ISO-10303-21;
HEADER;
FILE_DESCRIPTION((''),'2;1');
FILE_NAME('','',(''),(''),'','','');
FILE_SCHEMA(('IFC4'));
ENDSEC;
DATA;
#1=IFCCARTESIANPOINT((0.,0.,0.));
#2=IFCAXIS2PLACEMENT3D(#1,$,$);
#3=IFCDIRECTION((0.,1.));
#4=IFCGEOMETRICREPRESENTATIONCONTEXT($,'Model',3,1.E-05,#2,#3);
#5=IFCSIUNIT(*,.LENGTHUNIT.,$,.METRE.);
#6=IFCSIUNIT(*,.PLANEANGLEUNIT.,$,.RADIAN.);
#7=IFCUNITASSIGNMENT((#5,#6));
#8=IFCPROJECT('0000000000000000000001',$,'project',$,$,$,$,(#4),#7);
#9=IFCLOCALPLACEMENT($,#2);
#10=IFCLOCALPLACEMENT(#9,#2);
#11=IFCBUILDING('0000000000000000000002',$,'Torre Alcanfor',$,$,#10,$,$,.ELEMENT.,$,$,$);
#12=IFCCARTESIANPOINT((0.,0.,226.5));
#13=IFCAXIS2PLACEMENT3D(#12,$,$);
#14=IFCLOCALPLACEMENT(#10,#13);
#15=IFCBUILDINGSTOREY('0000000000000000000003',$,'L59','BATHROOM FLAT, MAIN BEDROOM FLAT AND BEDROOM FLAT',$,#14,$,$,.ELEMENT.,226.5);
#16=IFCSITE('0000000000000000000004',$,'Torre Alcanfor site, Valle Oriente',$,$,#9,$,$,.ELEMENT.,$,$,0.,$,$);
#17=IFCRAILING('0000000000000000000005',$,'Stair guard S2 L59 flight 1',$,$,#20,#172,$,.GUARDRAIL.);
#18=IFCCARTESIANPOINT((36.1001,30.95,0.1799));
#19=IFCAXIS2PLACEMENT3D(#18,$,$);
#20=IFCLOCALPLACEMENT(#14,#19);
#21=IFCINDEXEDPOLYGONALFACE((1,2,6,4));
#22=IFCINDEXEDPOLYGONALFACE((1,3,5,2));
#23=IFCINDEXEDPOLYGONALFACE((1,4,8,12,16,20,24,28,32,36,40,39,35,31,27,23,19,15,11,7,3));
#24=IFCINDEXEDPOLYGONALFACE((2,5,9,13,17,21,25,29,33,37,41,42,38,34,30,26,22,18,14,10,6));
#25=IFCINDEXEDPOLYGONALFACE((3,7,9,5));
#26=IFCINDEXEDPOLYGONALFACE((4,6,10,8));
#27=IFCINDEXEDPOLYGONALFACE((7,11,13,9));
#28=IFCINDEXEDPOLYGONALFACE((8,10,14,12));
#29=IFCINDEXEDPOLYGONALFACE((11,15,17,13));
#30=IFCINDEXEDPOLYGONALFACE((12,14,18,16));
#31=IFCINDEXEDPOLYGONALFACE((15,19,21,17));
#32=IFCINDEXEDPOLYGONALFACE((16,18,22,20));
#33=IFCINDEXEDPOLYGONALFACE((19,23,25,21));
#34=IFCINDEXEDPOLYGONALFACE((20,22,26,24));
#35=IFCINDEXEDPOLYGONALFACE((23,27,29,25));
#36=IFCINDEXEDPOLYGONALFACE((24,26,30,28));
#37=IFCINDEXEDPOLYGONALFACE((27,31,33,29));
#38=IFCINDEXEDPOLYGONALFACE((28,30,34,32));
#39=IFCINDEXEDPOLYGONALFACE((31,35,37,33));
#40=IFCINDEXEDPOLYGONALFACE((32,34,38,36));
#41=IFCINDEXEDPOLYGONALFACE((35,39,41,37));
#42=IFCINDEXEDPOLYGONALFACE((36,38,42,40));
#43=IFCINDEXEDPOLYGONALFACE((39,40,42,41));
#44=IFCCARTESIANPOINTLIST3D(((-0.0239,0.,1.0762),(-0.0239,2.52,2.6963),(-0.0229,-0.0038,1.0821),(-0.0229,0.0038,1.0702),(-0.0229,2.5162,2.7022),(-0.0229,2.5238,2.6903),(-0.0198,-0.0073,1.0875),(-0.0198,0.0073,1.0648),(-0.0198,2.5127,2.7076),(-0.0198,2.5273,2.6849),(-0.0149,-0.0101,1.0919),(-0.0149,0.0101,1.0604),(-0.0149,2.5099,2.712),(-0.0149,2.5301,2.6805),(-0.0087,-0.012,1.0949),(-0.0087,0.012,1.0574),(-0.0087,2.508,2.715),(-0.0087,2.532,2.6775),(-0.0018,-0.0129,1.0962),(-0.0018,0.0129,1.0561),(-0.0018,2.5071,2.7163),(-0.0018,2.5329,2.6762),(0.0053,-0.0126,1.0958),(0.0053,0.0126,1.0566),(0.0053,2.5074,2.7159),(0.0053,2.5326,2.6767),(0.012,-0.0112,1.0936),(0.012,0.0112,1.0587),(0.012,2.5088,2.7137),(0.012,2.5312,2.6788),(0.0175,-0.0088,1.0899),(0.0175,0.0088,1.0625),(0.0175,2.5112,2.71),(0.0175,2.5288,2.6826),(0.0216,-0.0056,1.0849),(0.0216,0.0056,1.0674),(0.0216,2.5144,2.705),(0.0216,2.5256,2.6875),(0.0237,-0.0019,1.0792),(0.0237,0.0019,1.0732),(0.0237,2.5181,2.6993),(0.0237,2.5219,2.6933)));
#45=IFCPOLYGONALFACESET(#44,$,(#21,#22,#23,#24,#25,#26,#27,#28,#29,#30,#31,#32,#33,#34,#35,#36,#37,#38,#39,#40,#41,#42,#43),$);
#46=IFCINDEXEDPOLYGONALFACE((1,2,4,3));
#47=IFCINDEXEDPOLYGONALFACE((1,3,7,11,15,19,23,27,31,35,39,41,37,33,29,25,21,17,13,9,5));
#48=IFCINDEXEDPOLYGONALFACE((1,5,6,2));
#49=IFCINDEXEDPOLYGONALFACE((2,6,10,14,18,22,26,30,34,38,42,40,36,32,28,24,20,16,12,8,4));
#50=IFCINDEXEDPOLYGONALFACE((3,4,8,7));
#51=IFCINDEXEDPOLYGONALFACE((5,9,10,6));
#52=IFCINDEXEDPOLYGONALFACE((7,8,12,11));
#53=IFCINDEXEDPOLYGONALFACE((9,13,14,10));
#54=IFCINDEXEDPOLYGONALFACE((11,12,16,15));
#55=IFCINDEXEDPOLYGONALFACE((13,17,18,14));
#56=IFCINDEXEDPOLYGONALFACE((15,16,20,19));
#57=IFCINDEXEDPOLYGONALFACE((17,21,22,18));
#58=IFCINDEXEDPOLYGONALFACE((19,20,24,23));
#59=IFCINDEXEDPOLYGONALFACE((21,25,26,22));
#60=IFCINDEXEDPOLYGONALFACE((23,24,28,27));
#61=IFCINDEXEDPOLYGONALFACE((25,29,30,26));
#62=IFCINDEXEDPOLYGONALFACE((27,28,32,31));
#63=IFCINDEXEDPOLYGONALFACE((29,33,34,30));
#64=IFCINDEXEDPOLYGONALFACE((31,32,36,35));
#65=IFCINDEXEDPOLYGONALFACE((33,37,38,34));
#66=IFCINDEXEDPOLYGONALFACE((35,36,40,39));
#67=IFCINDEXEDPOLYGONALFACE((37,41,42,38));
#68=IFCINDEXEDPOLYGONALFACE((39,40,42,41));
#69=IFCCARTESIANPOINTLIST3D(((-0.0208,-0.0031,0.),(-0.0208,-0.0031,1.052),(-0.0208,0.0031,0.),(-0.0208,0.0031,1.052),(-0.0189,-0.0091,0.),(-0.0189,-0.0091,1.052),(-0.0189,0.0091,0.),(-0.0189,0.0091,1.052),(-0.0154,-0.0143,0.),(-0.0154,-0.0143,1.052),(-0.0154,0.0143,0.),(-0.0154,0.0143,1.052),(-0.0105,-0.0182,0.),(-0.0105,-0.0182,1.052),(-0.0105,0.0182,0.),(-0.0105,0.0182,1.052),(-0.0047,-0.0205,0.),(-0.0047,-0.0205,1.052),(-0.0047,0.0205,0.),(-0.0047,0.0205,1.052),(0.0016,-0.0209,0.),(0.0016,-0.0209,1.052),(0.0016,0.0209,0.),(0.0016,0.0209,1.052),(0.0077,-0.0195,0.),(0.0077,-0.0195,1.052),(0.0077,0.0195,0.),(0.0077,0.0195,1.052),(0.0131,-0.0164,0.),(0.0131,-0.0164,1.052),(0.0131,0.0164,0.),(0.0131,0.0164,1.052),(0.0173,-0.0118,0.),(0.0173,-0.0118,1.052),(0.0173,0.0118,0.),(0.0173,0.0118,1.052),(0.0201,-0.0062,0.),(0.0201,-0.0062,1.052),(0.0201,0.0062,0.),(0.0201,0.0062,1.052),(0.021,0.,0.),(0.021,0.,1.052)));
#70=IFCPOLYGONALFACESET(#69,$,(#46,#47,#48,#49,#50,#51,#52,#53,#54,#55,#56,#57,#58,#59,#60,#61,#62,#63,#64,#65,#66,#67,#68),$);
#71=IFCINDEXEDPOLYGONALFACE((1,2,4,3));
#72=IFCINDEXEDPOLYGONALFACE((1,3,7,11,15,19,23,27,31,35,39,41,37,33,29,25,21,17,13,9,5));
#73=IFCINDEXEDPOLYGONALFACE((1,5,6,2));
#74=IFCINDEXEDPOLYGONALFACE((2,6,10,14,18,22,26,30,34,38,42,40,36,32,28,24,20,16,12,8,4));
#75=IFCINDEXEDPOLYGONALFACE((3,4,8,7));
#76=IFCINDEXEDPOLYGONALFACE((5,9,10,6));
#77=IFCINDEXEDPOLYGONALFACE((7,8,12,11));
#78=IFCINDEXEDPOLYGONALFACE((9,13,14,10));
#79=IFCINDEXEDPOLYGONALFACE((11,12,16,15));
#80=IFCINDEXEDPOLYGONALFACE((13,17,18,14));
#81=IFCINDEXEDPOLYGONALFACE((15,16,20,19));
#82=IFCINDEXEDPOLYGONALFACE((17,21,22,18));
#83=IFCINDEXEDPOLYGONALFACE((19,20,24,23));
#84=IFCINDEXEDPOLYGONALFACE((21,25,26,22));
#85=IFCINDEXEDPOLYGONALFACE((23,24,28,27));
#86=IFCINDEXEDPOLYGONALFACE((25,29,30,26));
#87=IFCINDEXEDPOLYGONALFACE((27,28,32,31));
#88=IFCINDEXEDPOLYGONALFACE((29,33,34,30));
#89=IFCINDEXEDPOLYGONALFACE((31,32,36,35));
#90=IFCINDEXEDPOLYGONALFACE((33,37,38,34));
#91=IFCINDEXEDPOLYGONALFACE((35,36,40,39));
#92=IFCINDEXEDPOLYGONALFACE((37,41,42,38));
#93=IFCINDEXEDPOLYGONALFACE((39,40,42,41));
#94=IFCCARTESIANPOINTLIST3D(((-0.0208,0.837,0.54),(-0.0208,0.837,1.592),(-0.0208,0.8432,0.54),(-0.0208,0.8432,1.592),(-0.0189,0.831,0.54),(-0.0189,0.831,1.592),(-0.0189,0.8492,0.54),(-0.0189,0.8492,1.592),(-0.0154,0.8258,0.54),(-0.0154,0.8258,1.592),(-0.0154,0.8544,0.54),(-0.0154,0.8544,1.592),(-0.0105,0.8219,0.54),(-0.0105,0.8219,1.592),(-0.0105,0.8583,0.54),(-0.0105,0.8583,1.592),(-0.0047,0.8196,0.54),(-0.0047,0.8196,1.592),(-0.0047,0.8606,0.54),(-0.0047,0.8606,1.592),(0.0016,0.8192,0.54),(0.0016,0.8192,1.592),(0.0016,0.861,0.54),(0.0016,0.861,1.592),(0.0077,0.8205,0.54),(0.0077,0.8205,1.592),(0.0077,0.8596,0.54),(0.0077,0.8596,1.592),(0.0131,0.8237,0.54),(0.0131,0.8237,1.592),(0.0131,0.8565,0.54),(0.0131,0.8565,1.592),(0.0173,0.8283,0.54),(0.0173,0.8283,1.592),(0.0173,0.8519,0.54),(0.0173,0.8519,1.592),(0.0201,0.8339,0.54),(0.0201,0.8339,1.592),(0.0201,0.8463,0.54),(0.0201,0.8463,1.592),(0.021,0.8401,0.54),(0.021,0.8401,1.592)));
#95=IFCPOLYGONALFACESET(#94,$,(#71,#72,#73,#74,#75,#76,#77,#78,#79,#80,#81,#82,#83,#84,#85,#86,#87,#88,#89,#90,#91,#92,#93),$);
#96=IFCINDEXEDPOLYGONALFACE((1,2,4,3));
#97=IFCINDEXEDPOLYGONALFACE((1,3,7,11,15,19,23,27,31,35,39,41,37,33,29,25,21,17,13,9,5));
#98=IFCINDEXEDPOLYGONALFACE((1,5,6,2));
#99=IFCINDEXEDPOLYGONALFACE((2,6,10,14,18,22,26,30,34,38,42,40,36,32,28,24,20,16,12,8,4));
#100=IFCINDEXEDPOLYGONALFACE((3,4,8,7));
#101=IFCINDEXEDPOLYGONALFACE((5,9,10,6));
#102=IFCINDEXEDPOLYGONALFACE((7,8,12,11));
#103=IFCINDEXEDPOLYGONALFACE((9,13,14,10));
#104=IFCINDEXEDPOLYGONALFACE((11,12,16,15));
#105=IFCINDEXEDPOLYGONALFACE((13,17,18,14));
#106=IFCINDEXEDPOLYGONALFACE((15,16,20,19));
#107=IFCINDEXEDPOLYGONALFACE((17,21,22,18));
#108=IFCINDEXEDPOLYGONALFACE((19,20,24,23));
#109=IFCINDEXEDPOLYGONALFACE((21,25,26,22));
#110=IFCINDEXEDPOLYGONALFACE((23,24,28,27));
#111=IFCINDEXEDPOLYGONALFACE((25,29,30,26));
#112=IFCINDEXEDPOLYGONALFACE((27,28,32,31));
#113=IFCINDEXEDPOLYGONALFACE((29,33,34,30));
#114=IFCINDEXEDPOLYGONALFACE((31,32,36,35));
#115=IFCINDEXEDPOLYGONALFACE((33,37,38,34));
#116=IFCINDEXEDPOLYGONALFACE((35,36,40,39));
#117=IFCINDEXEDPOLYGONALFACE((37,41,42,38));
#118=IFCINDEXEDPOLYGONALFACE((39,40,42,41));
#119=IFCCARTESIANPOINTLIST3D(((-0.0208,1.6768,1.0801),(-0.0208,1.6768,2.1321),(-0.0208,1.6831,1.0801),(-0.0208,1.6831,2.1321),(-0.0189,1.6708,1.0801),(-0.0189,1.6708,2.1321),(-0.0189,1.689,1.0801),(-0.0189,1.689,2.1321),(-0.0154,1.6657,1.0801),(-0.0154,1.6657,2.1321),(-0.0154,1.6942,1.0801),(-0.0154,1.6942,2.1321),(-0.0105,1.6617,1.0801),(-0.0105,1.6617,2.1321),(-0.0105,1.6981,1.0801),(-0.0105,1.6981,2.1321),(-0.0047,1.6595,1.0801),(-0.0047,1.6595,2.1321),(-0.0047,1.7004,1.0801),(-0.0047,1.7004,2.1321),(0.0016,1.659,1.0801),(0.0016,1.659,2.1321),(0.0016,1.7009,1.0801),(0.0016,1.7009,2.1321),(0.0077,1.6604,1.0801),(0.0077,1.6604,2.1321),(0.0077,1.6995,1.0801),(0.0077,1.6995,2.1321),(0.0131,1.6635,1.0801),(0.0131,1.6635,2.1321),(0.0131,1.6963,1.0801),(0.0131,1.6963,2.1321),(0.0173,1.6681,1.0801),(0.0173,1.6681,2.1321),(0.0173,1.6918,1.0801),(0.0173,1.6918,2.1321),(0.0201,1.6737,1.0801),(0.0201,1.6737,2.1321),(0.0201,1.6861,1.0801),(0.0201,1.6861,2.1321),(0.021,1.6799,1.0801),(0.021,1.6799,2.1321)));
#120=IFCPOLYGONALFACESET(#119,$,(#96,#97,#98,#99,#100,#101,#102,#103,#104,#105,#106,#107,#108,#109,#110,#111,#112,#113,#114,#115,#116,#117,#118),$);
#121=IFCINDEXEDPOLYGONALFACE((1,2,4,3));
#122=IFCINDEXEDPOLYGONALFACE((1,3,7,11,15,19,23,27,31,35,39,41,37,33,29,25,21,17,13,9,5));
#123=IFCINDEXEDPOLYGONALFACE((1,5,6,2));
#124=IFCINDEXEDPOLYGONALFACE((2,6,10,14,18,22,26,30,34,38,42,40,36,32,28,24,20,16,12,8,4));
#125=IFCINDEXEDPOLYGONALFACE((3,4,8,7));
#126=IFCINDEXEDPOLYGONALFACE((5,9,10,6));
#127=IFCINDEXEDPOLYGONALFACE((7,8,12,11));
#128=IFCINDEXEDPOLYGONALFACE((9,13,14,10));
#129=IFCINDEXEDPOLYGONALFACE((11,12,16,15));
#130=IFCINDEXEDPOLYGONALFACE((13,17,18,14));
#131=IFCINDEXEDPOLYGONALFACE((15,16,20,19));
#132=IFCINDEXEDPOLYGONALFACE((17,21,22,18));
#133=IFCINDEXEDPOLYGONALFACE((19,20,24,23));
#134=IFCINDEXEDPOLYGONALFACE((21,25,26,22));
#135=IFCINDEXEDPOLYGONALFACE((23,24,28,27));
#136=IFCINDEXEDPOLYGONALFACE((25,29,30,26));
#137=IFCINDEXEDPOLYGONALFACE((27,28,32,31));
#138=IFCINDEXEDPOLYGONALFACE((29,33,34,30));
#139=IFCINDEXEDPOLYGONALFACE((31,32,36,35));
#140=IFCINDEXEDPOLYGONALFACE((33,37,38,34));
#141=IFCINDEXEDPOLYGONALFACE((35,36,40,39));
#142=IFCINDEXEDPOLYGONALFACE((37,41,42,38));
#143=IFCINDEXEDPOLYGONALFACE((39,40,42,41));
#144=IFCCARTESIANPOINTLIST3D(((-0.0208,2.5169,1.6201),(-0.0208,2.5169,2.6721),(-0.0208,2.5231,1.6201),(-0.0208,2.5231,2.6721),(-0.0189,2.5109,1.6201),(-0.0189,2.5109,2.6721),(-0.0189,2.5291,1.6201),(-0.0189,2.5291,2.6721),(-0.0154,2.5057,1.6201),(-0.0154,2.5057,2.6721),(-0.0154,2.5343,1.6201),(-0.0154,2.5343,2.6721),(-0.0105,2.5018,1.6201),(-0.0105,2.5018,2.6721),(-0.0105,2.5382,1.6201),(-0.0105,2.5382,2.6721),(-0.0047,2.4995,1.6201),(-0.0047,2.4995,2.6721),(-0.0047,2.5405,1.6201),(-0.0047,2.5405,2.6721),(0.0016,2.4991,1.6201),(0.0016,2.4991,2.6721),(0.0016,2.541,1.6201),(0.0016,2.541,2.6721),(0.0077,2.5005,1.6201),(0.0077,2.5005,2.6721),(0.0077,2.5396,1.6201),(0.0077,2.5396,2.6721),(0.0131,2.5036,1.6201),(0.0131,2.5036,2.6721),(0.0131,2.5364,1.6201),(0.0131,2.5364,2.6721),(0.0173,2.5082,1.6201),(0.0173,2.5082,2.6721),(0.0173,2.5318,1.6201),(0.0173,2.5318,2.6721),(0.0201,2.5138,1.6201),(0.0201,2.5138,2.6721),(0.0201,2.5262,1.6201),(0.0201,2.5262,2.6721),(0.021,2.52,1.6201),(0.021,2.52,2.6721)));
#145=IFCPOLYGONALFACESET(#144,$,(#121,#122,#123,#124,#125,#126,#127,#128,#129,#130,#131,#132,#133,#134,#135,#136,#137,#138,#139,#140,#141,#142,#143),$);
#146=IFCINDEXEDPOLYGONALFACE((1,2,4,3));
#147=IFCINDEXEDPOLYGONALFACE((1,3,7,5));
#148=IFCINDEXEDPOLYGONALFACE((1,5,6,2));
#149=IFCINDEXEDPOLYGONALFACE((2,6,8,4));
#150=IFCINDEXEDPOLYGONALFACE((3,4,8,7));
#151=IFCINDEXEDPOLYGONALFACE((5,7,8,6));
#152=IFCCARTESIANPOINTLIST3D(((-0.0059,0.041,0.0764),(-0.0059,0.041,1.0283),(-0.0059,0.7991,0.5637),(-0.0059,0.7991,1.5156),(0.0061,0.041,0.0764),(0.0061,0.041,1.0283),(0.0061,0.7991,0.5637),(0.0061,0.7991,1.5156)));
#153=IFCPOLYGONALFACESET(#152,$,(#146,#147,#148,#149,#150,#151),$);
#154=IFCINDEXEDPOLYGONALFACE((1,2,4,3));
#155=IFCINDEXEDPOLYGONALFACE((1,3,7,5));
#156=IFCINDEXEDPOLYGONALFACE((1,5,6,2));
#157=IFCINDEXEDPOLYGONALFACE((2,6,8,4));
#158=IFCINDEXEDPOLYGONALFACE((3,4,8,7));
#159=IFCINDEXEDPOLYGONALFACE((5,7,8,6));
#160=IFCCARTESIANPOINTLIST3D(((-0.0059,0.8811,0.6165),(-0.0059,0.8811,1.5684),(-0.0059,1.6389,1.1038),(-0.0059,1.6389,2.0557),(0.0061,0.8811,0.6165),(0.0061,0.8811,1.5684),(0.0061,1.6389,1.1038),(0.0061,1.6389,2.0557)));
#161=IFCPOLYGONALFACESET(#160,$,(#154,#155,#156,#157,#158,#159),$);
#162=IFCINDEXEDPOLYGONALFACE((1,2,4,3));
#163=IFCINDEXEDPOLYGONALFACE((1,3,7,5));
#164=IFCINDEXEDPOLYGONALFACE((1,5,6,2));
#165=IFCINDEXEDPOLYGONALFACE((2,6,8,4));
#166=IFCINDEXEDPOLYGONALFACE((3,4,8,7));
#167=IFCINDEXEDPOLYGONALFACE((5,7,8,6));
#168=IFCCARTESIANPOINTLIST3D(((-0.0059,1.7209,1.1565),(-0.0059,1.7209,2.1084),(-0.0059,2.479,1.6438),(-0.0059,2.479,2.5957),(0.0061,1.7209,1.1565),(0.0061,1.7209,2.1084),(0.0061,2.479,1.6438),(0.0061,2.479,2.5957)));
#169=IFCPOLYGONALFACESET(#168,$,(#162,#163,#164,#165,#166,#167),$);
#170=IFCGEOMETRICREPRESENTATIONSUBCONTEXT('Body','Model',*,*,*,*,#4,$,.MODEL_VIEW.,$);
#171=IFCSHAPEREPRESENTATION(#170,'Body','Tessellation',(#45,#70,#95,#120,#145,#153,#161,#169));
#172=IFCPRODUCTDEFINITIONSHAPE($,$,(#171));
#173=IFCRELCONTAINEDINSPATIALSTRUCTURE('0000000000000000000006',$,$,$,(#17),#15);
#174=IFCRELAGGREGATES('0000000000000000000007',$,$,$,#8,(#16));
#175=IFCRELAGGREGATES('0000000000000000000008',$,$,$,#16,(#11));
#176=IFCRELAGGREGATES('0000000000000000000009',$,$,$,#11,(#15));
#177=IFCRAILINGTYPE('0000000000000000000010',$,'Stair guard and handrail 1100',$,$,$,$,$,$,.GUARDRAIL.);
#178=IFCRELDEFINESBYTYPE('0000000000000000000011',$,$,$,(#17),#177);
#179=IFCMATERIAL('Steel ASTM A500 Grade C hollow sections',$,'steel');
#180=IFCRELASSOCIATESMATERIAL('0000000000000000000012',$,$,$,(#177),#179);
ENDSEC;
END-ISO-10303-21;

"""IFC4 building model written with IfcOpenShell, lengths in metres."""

from ifc_helpers import new_model, si_unit, direction, frame, origin, origin_2d, place, context, subcontext, project, spatial, polyline, circle, outline, extrude, material, type_object, element, save


model = new_model("IFC4")

# Units and contexts
model_context = context("Model", 3, precision=1e-05, world=origin(), true_north=direction((0.0, 1.0)))
body_context = subcontext(model_context, "Body", "Model", "MODEL_VIEW")
ifc_project = project(units=[si_unit("LENGTHUNIT", "METRE"), si_unit("PLANEANGLEUNIT", "RADIAN")], contexts=[model_context])

# Site, building, storey
site_placement = place(None, origin())
site = spatial("IfcSite", under=ifc_project, at=site_placement, Name="Torre Alcanfor site, Valle Oriente", CompositionType="ELEMENT", RefElevation=0.0)
building_placement = place(site_placement, origin())
building = spatial("IfcBuilding", under=site, at=building_placement, Name="Torre Alcanfor", CompositionType="ELEMENT")
storey_placement = place(building_placement, frame((0.0, 0.0, 226.5)))
storey = spatial("IfcBuildingStorey", under=building, at=storey_placement, Name="L59", Description="BATHROOM FLAT, MAIN BEDROOM FLAT AND BEDROOM FLAT", CompositionType="ELEMENT", Elevation=226.5)

# Railing
ifc_material_1 = material(Name="Steel ASTM A500 Grade C hollow sections", Category="steel")
railing_type_1 = type_object("IfcRailingType", Name="Stair guard and handrail 1100", PredefinedType="GUARDRAIL", material=ifc_material_1)
railing_1_placement = place(storey_placement, frame((36.1001, 30.95, 0.1799)))
element("IfcRailing", 1, at=railing_1_placement, inside=storey, type_object=railing_type_1, Name="Stair guard S2 L59 flight 1", PredefinedType="GUARDRAIL", context=body_context, shape_type="SweptSolid", body=[
    extrude(circle(Radius=0.0239, at=origin_2d()), frame((0.0, 0.0, 1.0762), z_axis=(0.0, 0.841163, 0.540782), x_axis=(-1.0, 0.0, 0.0)), (0.0, 0.0, 1.0), 2.9958),
    extrude(circle(Radius=0.021, at=origin_2d()), origin(), (0.0, 0.0, 1.0), 1.052),
    extrude(circle(Radius=0.021, at=origin_2d()), frame((0.0, 0.8401, 0.54)), (0.0, 0.0, 1.0), 1.052),
    extrude(circle(Radius=0.021, at=origin_2d()), frame((0.0, 1.6799, 1.0801)), (0.0, 0.0, 1.0), 1.052),
    extrude(circle(Radius=0.021, at=origin_2d()), frame((0.0, 2.52, 1.6201)), (0.0, 0.0, 1.0), 1.052),
    extrude(outline(polyline([(0.041, 0.0764), (0.7991, 0.5637), (0.7991, 1.5156), (0.041, 1.0283), (0.041, 0.0764)])), frame((-0.0059, 0.0, 0.0), z_axis=(1.0, 0.0, 0.0), x_axis=(0.0, 1.0, 0.0)), (0.0, 0.0, 1.0), 0.012),
    extrude(outline(polyline([(0.8811, 0.6165), (1.6389, 1.1038), (1.6389, 2.0557), (0.8811, 1.5684), (0.8811, 0.6165)])), frame((-0.0059, 0.0, 0.0), z_axis=(1.0, 0.0, 0.0), x_axis=(0.0, 1.0, 0.0)), (0.0, 0.0, 1.0), 0.012),
    extrude(outline(polyline([(1.7209, 1.1565), (2.479, 1.6438), (2.479, 2.5957), (1.7209, 2.1084), (1.7209, 1.1565)])), frame((-0.0059, 0.0, 0.0), z_axis=(1.0, 0.0, 0.0), x_axis=(0.0, 1.0, 0.0)), (0.0, 0.0, 1.0), 0.012),
])

save(model, "model.ifc")
